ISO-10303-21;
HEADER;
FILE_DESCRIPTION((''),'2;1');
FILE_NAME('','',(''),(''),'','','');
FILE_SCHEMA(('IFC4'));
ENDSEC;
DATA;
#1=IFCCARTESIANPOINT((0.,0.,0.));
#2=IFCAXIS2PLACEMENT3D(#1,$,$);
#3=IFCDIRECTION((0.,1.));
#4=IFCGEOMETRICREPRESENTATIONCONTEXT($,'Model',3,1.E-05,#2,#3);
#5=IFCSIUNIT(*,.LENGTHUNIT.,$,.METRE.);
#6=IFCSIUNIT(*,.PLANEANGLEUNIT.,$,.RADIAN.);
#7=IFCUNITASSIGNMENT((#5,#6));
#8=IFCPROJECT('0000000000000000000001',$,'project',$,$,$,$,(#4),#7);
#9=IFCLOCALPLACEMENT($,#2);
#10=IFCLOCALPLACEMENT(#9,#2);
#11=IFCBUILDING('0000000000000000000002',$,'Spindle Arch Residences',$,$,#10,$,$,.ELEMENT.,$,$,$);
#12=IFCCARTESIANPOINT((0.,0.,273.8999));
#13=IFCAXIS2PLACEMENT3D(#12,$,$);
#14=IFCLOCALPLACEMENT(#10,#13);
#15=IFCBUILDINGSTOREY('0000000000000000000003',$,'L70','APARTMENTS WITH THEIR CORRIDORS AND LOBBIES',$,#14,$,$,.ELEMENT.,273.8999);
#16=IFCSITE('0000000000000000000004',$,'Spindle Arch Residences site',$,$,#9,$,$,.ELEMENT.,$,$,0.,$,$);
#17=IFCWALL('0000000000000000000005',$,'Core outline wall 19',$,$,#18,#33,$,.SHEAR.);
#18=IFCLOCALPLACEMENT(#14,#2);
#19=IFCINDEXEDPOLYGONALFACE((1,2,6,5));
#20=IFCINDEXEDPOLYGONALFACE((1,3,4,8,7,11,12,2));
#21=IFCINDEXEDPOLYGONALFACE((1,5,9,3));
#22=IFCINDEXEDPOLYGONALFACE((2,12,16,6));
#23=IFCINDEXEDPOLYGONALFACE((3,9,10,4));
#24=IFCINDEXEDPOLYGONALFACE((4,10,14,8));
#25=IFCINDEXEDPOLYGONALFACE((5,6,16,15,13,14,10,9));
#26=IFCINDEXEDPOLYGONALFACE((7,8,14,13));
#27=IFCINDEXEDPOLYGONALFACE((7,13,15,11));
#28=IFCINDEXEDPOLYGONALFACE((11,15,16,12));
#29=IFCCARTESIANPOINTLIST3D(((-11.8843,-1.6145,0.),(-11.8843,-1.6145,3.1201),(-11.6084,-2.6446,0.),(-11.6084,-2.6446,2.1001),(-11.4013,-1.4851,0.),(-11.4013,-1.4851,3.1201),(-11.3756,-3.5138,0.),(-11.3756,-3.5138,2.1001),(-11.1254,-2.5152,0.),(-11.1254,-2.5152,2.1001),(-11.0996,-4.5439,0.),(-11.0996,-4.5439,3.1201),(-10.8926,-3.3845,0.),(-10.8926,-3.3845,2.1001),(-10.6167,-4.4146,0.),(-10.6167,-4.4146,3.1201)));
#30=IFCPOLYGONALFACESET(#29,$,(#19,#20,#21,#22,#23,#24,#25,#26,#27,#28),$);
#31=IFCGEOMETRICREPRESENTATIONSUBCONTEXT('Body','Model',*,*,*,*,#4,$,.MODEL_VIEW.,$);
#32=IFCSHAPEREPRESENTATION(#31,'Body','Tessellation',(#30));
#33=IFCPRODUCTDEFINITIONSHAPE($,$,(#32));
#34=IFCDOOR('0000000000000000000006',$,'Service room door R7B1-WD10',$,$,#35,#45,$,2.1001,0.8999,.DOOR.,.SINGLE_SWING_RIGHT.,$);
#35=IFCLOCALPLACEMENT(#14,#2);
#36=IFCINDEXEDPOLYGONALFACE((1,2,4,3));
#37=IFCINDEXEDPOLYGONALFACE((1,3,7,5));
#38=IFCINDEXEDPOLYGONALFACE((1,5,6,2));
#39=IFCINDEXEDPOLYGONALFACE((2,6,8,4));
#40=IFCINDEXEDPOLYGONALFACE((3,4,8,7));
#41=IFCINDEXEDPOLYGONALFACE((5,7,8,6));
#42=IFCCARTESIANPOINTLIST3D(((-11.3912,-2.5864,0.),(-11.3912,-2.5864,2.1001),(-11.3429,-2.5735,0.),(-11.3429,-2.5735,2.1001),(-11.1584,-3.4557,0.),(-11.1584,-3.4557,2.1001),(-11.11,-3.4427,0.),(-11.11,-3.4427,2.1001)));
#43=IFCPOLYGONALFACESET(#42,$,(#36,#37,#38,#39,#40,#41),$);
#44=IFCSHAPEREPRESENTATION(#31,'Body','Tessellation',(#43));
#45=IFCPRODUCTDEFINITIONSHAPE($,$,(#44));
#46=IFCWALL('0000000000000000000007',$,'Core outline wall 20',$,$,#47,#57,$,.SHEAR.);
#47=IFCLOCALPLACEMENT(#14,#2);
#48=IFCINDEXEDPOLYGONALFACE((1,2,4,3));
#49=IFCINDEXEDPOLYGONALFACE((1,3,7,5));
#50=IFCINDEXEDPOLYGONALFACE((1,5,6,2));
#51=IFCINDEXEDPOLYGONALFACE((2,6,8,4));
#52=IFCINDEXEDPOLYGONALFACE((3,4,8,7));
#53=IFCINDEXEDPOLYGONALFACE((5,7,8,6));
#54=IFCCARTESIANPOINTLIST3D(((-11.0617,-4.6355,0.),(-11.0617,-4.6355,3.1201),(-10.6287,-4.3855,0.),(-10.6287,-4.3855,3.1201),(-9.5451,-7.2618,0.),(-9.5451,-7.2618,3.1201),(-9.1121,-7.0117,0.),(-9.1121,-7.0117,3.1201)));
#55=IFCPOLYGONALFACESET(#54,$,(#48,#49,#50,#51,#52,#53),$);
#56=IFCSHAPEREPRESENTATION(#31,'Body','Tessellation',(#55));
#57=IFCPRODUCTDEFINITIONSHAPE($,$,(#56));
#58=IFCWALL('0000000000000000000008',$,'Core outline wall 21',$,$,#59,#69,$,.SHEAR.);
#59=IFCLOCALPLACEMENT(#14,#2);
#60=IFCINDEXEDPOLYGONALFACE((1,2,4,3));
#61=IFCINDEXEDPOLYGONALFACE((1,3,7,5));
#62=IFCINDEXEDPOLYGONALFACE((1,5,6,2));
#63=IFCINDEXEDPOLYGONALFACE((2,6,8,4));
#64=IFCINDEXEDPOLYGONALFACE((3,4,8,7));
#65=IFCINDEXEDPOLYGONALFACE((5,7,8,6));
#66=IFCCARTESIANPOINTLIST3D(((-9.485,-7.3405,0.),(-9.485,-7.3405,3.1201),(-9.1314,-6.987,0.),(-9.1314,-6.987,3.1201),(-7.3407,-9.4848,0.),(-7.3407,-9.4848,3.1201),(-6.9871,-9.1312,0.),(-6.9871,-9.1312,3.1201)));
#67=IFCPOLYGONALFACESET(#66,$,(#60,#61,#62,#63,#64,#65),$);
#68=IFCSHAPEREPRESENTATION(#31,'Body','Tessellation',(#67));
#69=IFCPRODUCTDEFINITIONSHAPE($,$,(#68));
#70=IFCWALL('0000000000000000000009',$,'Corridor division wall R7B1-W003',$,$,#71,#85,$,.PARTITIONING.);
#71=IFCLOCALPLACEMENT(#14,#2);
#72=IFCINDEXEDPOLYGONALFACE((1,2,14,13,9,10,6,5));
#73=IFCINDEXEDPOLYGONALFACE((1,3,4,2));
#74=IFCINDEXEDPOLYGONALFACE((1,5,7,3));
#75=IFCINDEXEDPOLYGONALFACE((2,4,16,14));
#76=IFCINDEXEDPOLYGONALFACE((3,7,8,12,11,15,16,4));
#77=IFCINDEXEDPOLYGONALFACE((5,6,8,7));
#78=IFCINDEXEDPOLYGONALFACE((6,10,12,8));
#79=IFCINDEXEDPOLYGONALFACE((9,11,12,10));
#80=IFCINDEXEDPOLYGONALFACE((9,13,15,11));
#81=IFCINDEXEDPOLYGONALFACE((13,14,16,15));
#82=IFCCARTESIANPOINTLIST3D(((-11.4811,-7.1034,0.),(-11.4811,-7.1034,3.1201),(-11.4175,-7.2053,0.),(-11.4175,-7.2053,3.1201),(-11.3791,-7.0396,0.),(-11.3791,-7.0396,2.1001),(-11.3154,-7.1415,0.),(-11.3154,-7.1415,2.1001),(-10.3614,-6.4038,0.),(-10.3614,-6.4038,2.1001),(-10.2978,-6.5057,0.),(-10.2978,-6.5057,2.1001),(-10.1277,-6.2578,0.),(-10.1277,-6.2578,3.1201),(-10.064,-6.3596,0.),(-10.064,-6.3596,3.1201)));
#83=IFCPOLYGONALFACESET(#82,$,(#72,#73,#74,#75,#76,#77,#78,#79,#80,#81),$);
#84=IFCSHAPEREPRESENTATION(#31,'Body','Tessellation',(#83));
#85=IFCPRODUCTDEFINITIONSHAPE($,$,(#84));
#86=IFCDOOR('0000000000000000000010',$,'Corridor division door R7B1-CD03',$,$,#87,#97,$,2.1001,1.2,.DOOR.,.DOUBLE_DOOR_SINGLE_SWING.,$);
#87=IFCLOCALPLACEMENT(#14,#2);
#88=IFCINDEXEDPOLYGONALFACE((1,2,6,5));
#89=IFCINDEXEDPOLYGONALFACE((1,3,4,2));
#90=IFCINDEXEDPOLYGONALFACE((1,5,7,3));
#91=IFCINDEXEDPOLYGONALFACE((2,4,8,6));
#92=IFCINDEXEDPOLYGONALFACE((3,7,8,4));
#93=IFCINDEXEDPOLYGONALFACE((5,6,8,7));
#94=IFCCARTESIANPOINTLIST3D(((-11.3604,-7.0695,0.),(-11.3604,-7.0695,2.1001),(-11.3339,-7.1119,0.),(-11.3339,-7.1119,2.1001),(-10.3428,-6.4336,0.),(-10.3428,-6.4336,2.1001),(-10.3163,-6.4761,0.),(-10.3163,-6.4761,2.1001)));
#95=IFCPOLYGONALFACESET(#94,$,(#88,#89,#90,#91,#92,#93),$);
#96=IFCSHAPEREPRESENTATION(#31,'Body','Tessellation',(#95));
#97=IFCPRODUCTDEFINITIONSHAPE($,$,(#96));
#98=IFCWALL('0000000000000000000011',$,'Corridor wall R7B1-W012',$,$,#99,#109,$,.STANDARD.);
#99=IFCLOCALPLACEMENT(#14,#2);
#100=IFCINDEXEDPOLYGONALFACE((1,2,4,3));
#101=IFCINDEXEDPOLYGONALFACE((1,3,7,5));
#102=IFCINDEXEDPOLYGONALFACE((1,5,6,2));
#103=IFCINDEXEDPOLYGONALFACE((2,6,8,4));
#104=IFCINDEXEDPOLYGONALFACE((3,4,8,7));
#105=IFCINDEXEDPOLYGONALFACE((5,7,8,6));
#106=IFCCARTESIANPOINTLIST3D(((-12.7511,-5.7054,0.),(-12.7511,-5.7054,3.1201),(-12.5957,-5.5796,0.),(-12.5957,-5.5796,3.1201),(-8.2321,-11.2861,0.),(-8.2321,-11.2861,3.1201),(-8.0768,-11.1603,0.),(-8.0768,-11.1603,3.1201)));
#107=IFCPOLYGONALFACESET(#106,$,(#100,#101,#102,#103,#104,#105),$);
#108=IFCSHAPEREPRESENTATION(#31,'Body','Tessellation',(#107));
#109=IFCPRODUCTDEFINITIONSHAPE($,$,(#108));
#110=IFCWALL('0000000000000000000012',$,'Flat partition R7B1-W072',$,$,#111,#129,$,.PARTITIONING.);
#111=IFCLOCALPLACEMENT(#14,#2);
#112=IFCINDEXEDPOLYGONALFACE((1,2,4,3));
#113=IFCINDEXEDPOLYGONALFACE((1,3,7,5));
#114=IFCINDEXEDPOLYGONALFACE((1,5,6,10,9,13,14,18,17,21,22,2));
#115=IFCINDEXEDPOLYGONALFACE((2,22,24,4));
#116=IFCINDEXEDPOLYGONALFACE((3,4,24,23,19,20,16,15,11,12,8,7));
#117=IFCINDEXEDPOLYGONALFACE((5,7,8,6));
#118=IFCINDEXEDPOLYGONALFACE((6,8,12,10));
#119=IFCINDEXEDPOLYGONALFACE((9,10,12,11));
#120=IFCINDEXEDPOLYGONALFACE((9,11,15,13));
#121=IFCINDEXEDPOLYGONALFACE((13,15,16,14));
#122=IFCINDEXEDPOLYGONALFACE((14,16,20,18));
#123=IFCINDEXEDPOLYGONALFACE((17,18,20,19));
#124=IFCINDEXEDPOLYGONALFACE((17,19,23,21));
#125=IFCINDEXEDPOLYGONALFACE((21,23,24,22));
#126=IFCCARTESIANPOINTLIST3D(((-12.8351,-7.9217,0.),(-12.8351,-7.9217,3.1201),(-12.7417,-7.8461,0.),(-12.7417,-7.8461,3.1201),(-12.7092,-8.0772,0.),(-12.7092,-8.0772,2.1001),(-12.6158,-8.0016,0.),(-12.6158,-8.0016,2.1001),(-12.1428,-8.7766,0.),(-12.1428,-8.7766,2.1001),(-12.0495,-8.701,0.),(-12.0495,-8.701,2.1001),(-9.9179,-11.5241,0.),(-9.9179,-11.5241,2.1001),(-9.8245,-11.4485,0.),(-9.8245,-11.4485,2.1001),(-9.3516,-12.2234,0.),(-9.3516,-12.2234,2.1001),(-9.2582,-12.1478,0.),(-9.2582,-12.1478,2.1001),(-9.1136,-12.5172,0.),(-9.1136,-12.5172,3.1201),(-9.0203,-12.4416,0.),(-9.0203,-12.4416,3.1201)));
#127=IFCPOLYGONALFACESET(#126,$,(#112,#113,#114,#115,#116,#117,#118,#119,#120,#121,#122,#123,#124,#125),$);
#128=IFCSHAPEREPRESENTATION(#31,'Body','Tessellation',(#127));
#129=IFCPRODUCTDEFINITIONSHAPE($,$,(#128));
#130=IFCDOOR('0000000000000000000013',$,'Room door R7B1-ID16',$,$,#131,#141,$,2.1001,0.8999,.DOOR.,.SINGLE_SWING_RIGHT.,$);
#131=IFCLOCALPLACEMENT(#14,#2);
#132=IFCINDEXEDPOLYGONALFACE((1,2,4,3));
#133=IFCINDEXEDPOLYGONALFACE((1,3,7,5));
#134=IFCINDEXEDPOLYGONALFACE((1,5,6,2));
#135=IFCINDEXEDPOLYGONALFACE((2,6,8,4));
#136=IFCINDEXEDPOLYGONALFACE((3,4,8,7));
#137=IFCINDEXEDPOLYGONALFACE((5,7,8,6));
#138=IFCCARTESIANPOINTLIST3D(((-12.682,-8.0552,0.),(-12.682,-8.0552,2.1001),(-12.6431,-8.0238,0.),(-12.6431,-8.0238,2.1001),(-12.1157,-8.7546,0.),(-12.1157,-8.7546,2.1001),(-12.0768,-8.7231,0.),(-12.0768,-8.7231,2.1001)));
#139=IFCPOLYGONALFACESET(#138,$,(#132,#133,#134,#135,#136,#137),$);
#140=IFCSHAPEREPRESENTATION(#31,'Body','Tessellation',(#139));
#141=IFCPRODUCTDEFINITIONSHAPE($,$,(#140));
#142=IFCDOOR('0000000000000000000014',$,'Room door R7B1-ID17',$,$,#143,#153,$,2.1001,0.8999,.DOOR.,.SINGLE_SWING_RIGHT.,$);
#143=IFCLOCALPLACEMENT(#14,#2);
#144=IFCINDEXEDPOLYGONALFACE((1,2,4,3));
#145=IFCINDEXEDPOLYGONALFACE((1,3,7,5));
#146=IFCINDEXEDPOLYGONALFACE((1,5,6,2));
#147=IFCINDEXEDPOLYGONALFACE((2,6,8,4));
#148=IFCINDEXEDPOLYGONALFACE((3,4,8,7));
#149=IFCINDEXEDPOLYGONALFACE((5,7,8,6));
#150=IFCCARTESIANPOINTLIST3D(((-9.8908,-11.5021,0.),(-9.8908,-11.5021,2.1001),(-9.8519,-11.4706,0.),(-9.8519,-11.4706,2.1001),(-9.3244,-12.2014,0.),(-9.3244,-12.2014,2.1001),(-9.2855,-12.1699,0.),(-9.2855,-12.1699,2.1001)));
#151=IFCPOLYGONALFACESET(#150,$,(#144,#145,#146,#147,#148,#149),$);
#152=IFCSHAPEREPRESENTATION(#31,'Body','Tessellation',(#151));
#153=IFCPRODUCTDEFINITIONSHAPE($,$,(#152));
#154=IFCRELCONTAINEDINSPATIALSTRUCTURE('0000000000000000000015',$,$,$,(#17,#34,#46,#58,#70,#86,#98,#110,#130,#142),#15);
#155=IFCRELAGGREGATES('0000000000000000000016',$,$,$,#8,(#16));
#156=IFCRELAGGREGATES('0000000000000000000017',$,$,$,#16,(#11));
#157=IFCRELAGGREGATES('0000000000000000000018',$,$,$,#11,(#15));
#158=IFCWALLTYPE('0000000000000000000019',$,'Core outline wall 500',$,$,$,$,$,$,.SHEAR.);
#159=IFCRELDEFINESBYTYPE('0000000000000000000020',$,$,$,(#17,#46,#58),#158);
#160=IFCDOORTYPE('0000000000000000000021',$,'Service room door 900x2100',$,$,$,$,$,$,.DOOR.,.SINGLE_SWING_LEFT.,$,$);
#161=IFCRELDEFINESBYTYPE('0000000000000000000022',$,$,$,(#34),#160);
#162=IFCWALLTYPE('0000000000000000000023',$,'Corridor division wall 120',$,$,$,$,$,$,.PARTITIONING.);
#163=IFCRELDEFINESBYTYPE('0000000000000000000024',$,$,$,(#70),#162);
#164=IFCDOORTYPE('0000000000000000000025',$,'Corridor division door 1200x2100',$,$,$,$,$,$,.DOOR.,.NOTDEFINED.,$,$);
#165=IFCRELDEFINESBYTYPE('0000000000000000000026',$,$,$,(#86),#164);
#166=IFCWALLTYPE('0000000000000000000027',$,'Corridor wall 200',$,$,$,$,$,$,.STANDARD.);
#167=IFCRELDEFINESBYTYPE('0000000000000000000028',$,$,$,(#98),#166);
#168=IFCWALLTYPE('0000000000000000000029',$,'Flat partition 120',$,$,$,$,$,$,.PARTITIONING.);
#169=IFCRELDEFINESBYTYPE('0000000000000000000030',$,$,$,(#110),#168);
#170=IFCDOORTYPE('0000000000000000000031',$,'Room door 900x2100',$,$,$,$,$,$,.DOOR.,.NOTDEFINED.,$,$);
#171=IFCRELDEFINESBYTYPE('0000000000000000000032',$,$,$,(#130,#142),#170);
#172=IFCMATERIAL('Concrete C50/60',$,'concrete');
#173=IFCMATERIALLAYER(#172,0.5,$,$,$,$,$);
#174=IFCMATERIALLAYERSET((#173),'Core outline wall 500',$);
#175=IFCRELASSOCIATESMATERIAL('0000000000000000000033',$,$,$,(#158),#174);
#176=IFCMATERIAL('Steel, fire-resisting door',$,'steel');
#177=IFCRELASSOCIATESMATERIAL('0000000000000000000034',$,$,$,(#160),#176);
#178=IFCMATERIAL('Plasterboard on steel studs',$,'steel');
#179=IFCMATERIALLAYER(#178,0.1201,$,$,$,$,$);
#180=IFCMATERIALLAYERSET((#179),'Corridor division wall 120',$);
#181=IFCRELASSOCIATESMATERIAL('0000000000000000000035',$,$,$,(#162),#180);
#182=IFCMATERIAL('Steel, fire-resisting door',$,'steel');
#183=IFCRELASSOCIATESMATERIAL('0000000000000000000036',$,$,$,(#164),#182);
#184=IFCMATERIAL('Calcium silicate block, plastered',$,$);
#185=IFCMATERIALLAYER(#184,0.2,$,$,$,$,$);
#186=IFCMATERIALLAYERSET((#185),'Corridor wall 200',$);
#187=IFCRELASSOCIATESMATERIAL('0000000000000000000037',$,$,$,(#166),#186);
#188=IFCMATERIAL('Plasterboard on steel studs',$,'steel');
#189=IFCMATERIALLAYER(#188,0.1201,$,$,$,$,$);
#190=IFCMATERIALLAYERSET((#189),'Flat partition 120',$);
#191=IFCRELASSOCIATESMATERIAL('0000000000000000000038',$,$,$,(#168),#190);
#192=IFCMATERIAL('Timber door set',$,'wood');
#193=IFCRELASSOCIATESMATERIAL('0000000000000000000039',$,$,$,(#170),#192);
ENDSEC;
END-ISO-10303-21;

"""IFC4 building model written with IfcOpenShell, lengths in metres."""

from ifc_helpers import new_model, si_unit, direction, frame, frame_2d, origin, place, context, subcontext, project, spatial, rectangle, extrude, material, layer, layer_set, type_object, element, fill, save


model = new_model("IFC4")

# Units and contexts
model_context = context("Model", 3, precision=1e-05, world=origin(), true_north=direction((0.0, 1.0)))
body_context = subcontext(model_context, "Body", "Model", "MODEL_VIEW")
ifc_project = project(units=[si_unit("LENGTHUNIT", "METRE"), si_unit("PLANEANGLEUNIT", "RADIAN")], contexts=[model_context])

# Site, building, storey
site_placement = place(None, origin())
site = spatial("IfcSite", under=ifc_project, at=site_placement, Name="Spindle Arch Residences site", CompositionType="ELEMENT", RefElevation=0.0)
building_placement = place(site_placement, origin())
building = spatial("IfcBuilding", under=site, at=building_placement, Name="Spindle Arch Residences", CompositionType="ELEMENT")
storey_placement = place(building_placement, frame((0.0, 0.0, 273.8999)))
storey = spatial("IfcBuildingStorey", under=building, at=storey_placement, Name="L70", Description="APARTMENTS WITH THEIR CORRIDORS AND LOBBIES", CompositionType="ELEMENT", Elevation=273.8999)

# Wall, opening, door
ifc_material_1 = material(Name="Concrete C50/60", Category="concrete")
ifc_layer_1 = layer(ifc_material_1, 0.5)
ifc_layer_set_1 = layer_set([ifc_layer_1], Name="Core outline wall 500")
wall_type_1 = type_object("IfcWallType", Name="Core outline wall 500", PredefinedType="SHEAR", material=ifc_layer_set_1)
wall_1_placement = place(storey_placement, frame((-11.6428, -1.5498, 0.0), z_axis=(0.0, 0.0, 1.0), x_axis=(0.258735, -0.965948, 0.0)))
wall_1 = element("IfcWall", 1, at=wall_1_placement, inside=storey, type_object=wall_type_1, Name="Core outline wall 19", PredefinedType="SHEAR", context=body_context, shape_type="SweptSolid", body=[
    extrude(rectangle(XDim=3.0327, YDim=0.5, at=frame_2d((1.5164, 0.0))), origin(), (0.0, 0.0, 1.0), 3.1201),
])
opening_1_placement = place(wall_1_placement, frame((1.0664, 0.0, 0.0)))
opening_1 = element("IfcOpeningElement", 2, at=opening_1_placement, cuts=wall_1, PredefinedType="OPENING", context=body_context, shape_type="SweptSolid", body=[
    extrude(rectangle(XDim=0.8999, YDim=2.1001, at=frame_2d((0.45, 1.05))), frame((0.0, 0.26, 0.0), z_axis=(0.0, -1.0, 0.0), x_axis=(1.0, 0.0, 0.0)), (0.0, 0.0, 1.0), 0.52),
])
ifc_material_2 = material(Name="Steel, fire-resisting door", Category="steel")
door_type_1 = type_object("IfcDoorType", Name="Service room door 900x2100", OperationType="SINGLE_SWING_LEFT", PredefinedType="DOOR", material=ifc_material_2)
door_1_placement = place(opening_1_placement, origin())
door_1 = element("IfcDoor", 3, at=door_1_placement, inside=storey, type_object=door_type_1, Name="Service room door R7B1-WD10", OperationType="SINGLE_SWING_RIGHT", OverallHeight=2.1001, OverallWidth=0.8999, PredefinedType="DOOR", context=body_context, shape_type="SweptSolid", body=[
    extrude(rectangle(XDim=0.8999, YDim=2.1001, at=frame_2d((0.45, 1.05))), frame((0.0, 0.0249, 0.0), z_axis=(0.0, -1.0, 0.0), x_axis=(1.0, 0.0, 0.0)), (0.0, 0.0, 1.0), 0.05),
])
fill(opening_1, door_1)

# Walls
wall_2_placement = place(storey_placement, frame((-10.8452, -4.5105, 0.0), z_axis=(0.0, 0.0, 1.0), x_axis=(0.500087, -0.865975, 0.0)))
element("IfcWall", 4, at=wall_2_placement, inside=storey, type_object=wall_type_1, Name="Core outline wall 20", PredefinedType="SHEAR", context=body_context, shape_type="SweptSolid", body=[
    extrude(rectangle(XDim=3.0327, YDim=0.5, at=frame_2d((1.5164, 0.0))), origin(), (0.0, 0.0, 1.0), 3.1201),
])
wall_3_placement = place(storey_placement, frame((-9.3081, -7.1638, 0.0), z_axis=(0.0, 0.0, 1.0), x_axis=(0.707107, -0.707107, 0.0)))
element("IfcWall", 5, at=wall_3_placement, inside=storey, type_object=wall_type_1, Name="Core outline wall 21", PredefinedType="SHEAR", context=body_context, shape_type="SweptSolid", body=[
    extrude(rectangle(XDim=3.0325, YDim=0.5, at=frame_2d((1.5161, 0.0))), origin(), (0.0, 0.0, 1.0), 3.1201),
])

# Wall, opening, door
ifc_material_3 = material(Name="Plasterboard on steel studs", Category="steel")
ifc_layer_2 = layer(ifc_material_3, 0.1201)
ifc_layer_set_2 = layer_set([ifc_layer_2], Name="Corridor division wall 120")
wall_type_2 = type_object("IfcWallType", Name="Corridor division wall 120", PredefinedType="PARTITIONING", material=ifc_layer_set_2)
wall_4_placement = place(storey_placement, frame((-11.4492, -7.1543, 0.0), z_axis=(0.0, 0.0, 1.0), x_axis=(0.848067, 0.529889, 0.0)))
wall_4 = element("IfcWall", 6, at=wall_4_placement, inside=storey, type_object=wall_type_2, Name="Corridor division wall R7B1-W003", PredefinedType="PARTITIONING", context=body_context, shape_type="SweptSolid", body=[
    extrude(rectangle(XDim=1.5959, YDim=0.1201, at=frame_2d((0.7979, 0.0))), origin(), (0.0, 0.0, 1.0), 3.1201),
])
opening_2_placement = place(wall_4_placement, frame((0.1201, 0.0, 0.0)))
opening_2 = element("IfcOpeningElement", 7, at=opening_2_placement, cuts=wall_4, PredefinedType="OPENING", context=body_context, shape_type="SweptSolid", body=[
    extrude(rectangle(XDim=1.2, YDim=2.1001, at=frame_2d((0.6001, 1.05))), frame((0.0, 0.0701, 0.0), z_axis=(0.0, -1.0, 0.0), x_axis=(1.0, 0.0, 0.0)), (0.0, 0.0, 1.0), 0.1401),
])
ifc_material_4 = material(Name="Steel, fire-resisting door", Category="steel")
door_type_2 = type_object("IfcDoorType", Name="Corridor division door 1200x2100", OperationType="NOTDEFINED", PredefinedType="DOOR", material=ifc_material_4)
door_2_placement = place(opening_2_placement, origin())
door_2 = element("IfcDoor", 8, at=door_2_placement, inside=storey, type_object=door_type_2, Name="Corridor division door R7B1-CD03", OperationType="DOUBLE_DOOR_SINGLE_SWING", OverallHeight=2.1001, OverallWidth=1.2, PredefinedType="DOOR", context=body_context, shape_type="SweptSolid", body=[
    extrude(rectangle(XDim=1.2, YDim=2.1001, at=frame_2d((0.6001, 1.05))), frame((0.0, 0.0249, 0.0), z_axis=(0.0, -1.0, 0.0), x_axis=(1.0, 0.0, 0.0)), (0.0, 0.0, 1.0), 0.05),
])
fill(opening_2, door_2)

# Wall
ifc_material_5 = material(Name="Calcium silicate block, plastered")
ifc_layer_3 = layer(ifc_material_5, 0.2)
ifc_layer_set_3 = layer_set([ifc_layer_3], Name="Corridor wall 200")
wall_type_3 = type_object("IfcWallType", Name="Corridor wall 200", PredefinedType="STANDARD", material=ifc_layer_set_3)
wall_5_placement = place(storey_placement, frame((-12.6733, -5.6426, 0.0), z_axis=(0.0, 0.0, 1.0), x_axis=(0.629303, -0.77716, 0.0)))
element("IfcWall", 9, at=wall_5_placement, inside=storey, type_object=wall_type_3, Name="Corridor wall R7B1-W012", PredefinedType="STANDARD", context=body_context, shape_type="SweptSolid", body=[
    extrude(rectangle(XDim=7.1809, YDim=0.2, at=frame_2d((3.5903, 0.0))), origin(), (0.0, 0.0, 1.0), 3.1201),
])

# Wall, openings, doors
ifc_material_6 = material(Name="Plasterboard on steel studs", Category="steel")
ifc_layer_4 = layer(ifc_material_6, 0.1201)
ifc_layer_set_4 = layer_set([ifc_layer_4], Name="Flat partition 120")
wall_type_4 = type_object("IfcWallType", Name="Flat partition 120", PredefinedType="PARTITIONING", material=ifc_layer_set_4)
wall_6_placement = place(storey_placement, frame((-12.7883, -7.884, 0.0), z_axis=(0.0, 0.0, 1.0), x_axis=(0.629331, -0.777137, 0.0)))
wall_6 = element("IfcWall", 10, at=wall_6_placement, inside=storey, type_object=wall_type_4, Name="Flat partition R7B1-W072", PredefinedType="PARTITIONING", context=body_context, shape_type="SweptSolid", body=[
    extrude(rectangle(XDim=5.9133, YDim=0.1201, at=frame_2d((2.9565, 0.0))), origin(), (0.0, 0.0, 1.0), 3.1201),
])
opening_3_placement = place(wall_6_placement, frame((0.2, 0.0, 0.0)))
opening_3 = element("IfcOpeningElement", 11, at=opening_3_placement, cuts=wall_6, PredefinedType="OPENING", context=body_context, shape_type="SweptSolid", body=[
    extrude(rectangle(XDim=0.8999, YDim=2.1001, at=frame_2d((0.45, 1.05))), frame((0.0, 0.0701, 0.0), z_axis=(0.0, -1.0, 0.0), x_axis=(1.0, 0.0, 0.0)), (0.0, 0.0, 1.0), 0.1401),
])
opening_4_placement = place(wall_6_placement, frame((4.6353, 0.0, 0.0)))
opening_4 = element("IfcOpeningElement", 12, at=opening_4_placement, cuts=wall_6, PredefinedType="OPENING", context=body_context, shape_type="SweptSolid", body=[
    extrude(rectangle(XDim=0.8999, YDim=2.1001, at=frame_2d((0.45, 1.05))), frame((0.0, 0.0701, 0.0), z_axis=(0.0, -1.0, 0.0), x_axis=(1.0, 0.0, 0.0)), (0.0, 0.0, 1.0), 0.1401),
])
ifc_material_7 = material(Name="Timber door set", Category="wood")
door_type_3 = type_object("IfcDoorType", Name="Room door 900x2100", OperationType="NOTDEFINED", PredefinedType="DOOR", material=ifc_material_7)
door_3_placement = place(opening_3_placement, origin())
door_3 = element("IfcDoor", 13, at=door_3_placement, inside=storey, type_object=door_type_3, Name="Room door R7B1-ID16", OperationType="SINGLE_SWING_RIGHT", OverallHeight=2.1001, OverallWidth=0.8999, PredefinedType="DOOR", context=body_context, shape_type="SweptSolid", body=[
    extrude(rectangle(XDim=0.8999, YDim=2.1001, at=frame_2d((0.45, 1.05))), frame((0.0, 0.0249, 0.0), z_axis=(0.0, -1.0, 0.0), x_axis=(1.0, 0.0, 0.0)), (0.0, 0.0, 1.0), 0.05),
])
fill(opening_3, door_3)
door_4_placement = place(opening_4_placement, origin())
door_4 = element("IfcDoor", 14, at=door_4_placement, inside=storey, type_object=door_type_3, Name="Room door R7B1-ID17", OperationType="SINGLE_SWING_RIGHT", OverallHeight=2.1001, OverallWidth=0.8999, PredefinedType="DOOR", context=body_context, shape_type="SweptSolid", body=[
    extrude(rectangle(XDim=0.8999, YDim=2.1001, at=frame_2d((0.45, 1.05))), frame((0.0, 0.0249, 0.0), z_axis=(0.0, -1.0, 0.0), x_axis=(1.0, 0.0, 0.0)), (0.0, 0.0, 1.0), 0.05),
])
fill(opening_4, door_4)

save(model, "model.ifc")
